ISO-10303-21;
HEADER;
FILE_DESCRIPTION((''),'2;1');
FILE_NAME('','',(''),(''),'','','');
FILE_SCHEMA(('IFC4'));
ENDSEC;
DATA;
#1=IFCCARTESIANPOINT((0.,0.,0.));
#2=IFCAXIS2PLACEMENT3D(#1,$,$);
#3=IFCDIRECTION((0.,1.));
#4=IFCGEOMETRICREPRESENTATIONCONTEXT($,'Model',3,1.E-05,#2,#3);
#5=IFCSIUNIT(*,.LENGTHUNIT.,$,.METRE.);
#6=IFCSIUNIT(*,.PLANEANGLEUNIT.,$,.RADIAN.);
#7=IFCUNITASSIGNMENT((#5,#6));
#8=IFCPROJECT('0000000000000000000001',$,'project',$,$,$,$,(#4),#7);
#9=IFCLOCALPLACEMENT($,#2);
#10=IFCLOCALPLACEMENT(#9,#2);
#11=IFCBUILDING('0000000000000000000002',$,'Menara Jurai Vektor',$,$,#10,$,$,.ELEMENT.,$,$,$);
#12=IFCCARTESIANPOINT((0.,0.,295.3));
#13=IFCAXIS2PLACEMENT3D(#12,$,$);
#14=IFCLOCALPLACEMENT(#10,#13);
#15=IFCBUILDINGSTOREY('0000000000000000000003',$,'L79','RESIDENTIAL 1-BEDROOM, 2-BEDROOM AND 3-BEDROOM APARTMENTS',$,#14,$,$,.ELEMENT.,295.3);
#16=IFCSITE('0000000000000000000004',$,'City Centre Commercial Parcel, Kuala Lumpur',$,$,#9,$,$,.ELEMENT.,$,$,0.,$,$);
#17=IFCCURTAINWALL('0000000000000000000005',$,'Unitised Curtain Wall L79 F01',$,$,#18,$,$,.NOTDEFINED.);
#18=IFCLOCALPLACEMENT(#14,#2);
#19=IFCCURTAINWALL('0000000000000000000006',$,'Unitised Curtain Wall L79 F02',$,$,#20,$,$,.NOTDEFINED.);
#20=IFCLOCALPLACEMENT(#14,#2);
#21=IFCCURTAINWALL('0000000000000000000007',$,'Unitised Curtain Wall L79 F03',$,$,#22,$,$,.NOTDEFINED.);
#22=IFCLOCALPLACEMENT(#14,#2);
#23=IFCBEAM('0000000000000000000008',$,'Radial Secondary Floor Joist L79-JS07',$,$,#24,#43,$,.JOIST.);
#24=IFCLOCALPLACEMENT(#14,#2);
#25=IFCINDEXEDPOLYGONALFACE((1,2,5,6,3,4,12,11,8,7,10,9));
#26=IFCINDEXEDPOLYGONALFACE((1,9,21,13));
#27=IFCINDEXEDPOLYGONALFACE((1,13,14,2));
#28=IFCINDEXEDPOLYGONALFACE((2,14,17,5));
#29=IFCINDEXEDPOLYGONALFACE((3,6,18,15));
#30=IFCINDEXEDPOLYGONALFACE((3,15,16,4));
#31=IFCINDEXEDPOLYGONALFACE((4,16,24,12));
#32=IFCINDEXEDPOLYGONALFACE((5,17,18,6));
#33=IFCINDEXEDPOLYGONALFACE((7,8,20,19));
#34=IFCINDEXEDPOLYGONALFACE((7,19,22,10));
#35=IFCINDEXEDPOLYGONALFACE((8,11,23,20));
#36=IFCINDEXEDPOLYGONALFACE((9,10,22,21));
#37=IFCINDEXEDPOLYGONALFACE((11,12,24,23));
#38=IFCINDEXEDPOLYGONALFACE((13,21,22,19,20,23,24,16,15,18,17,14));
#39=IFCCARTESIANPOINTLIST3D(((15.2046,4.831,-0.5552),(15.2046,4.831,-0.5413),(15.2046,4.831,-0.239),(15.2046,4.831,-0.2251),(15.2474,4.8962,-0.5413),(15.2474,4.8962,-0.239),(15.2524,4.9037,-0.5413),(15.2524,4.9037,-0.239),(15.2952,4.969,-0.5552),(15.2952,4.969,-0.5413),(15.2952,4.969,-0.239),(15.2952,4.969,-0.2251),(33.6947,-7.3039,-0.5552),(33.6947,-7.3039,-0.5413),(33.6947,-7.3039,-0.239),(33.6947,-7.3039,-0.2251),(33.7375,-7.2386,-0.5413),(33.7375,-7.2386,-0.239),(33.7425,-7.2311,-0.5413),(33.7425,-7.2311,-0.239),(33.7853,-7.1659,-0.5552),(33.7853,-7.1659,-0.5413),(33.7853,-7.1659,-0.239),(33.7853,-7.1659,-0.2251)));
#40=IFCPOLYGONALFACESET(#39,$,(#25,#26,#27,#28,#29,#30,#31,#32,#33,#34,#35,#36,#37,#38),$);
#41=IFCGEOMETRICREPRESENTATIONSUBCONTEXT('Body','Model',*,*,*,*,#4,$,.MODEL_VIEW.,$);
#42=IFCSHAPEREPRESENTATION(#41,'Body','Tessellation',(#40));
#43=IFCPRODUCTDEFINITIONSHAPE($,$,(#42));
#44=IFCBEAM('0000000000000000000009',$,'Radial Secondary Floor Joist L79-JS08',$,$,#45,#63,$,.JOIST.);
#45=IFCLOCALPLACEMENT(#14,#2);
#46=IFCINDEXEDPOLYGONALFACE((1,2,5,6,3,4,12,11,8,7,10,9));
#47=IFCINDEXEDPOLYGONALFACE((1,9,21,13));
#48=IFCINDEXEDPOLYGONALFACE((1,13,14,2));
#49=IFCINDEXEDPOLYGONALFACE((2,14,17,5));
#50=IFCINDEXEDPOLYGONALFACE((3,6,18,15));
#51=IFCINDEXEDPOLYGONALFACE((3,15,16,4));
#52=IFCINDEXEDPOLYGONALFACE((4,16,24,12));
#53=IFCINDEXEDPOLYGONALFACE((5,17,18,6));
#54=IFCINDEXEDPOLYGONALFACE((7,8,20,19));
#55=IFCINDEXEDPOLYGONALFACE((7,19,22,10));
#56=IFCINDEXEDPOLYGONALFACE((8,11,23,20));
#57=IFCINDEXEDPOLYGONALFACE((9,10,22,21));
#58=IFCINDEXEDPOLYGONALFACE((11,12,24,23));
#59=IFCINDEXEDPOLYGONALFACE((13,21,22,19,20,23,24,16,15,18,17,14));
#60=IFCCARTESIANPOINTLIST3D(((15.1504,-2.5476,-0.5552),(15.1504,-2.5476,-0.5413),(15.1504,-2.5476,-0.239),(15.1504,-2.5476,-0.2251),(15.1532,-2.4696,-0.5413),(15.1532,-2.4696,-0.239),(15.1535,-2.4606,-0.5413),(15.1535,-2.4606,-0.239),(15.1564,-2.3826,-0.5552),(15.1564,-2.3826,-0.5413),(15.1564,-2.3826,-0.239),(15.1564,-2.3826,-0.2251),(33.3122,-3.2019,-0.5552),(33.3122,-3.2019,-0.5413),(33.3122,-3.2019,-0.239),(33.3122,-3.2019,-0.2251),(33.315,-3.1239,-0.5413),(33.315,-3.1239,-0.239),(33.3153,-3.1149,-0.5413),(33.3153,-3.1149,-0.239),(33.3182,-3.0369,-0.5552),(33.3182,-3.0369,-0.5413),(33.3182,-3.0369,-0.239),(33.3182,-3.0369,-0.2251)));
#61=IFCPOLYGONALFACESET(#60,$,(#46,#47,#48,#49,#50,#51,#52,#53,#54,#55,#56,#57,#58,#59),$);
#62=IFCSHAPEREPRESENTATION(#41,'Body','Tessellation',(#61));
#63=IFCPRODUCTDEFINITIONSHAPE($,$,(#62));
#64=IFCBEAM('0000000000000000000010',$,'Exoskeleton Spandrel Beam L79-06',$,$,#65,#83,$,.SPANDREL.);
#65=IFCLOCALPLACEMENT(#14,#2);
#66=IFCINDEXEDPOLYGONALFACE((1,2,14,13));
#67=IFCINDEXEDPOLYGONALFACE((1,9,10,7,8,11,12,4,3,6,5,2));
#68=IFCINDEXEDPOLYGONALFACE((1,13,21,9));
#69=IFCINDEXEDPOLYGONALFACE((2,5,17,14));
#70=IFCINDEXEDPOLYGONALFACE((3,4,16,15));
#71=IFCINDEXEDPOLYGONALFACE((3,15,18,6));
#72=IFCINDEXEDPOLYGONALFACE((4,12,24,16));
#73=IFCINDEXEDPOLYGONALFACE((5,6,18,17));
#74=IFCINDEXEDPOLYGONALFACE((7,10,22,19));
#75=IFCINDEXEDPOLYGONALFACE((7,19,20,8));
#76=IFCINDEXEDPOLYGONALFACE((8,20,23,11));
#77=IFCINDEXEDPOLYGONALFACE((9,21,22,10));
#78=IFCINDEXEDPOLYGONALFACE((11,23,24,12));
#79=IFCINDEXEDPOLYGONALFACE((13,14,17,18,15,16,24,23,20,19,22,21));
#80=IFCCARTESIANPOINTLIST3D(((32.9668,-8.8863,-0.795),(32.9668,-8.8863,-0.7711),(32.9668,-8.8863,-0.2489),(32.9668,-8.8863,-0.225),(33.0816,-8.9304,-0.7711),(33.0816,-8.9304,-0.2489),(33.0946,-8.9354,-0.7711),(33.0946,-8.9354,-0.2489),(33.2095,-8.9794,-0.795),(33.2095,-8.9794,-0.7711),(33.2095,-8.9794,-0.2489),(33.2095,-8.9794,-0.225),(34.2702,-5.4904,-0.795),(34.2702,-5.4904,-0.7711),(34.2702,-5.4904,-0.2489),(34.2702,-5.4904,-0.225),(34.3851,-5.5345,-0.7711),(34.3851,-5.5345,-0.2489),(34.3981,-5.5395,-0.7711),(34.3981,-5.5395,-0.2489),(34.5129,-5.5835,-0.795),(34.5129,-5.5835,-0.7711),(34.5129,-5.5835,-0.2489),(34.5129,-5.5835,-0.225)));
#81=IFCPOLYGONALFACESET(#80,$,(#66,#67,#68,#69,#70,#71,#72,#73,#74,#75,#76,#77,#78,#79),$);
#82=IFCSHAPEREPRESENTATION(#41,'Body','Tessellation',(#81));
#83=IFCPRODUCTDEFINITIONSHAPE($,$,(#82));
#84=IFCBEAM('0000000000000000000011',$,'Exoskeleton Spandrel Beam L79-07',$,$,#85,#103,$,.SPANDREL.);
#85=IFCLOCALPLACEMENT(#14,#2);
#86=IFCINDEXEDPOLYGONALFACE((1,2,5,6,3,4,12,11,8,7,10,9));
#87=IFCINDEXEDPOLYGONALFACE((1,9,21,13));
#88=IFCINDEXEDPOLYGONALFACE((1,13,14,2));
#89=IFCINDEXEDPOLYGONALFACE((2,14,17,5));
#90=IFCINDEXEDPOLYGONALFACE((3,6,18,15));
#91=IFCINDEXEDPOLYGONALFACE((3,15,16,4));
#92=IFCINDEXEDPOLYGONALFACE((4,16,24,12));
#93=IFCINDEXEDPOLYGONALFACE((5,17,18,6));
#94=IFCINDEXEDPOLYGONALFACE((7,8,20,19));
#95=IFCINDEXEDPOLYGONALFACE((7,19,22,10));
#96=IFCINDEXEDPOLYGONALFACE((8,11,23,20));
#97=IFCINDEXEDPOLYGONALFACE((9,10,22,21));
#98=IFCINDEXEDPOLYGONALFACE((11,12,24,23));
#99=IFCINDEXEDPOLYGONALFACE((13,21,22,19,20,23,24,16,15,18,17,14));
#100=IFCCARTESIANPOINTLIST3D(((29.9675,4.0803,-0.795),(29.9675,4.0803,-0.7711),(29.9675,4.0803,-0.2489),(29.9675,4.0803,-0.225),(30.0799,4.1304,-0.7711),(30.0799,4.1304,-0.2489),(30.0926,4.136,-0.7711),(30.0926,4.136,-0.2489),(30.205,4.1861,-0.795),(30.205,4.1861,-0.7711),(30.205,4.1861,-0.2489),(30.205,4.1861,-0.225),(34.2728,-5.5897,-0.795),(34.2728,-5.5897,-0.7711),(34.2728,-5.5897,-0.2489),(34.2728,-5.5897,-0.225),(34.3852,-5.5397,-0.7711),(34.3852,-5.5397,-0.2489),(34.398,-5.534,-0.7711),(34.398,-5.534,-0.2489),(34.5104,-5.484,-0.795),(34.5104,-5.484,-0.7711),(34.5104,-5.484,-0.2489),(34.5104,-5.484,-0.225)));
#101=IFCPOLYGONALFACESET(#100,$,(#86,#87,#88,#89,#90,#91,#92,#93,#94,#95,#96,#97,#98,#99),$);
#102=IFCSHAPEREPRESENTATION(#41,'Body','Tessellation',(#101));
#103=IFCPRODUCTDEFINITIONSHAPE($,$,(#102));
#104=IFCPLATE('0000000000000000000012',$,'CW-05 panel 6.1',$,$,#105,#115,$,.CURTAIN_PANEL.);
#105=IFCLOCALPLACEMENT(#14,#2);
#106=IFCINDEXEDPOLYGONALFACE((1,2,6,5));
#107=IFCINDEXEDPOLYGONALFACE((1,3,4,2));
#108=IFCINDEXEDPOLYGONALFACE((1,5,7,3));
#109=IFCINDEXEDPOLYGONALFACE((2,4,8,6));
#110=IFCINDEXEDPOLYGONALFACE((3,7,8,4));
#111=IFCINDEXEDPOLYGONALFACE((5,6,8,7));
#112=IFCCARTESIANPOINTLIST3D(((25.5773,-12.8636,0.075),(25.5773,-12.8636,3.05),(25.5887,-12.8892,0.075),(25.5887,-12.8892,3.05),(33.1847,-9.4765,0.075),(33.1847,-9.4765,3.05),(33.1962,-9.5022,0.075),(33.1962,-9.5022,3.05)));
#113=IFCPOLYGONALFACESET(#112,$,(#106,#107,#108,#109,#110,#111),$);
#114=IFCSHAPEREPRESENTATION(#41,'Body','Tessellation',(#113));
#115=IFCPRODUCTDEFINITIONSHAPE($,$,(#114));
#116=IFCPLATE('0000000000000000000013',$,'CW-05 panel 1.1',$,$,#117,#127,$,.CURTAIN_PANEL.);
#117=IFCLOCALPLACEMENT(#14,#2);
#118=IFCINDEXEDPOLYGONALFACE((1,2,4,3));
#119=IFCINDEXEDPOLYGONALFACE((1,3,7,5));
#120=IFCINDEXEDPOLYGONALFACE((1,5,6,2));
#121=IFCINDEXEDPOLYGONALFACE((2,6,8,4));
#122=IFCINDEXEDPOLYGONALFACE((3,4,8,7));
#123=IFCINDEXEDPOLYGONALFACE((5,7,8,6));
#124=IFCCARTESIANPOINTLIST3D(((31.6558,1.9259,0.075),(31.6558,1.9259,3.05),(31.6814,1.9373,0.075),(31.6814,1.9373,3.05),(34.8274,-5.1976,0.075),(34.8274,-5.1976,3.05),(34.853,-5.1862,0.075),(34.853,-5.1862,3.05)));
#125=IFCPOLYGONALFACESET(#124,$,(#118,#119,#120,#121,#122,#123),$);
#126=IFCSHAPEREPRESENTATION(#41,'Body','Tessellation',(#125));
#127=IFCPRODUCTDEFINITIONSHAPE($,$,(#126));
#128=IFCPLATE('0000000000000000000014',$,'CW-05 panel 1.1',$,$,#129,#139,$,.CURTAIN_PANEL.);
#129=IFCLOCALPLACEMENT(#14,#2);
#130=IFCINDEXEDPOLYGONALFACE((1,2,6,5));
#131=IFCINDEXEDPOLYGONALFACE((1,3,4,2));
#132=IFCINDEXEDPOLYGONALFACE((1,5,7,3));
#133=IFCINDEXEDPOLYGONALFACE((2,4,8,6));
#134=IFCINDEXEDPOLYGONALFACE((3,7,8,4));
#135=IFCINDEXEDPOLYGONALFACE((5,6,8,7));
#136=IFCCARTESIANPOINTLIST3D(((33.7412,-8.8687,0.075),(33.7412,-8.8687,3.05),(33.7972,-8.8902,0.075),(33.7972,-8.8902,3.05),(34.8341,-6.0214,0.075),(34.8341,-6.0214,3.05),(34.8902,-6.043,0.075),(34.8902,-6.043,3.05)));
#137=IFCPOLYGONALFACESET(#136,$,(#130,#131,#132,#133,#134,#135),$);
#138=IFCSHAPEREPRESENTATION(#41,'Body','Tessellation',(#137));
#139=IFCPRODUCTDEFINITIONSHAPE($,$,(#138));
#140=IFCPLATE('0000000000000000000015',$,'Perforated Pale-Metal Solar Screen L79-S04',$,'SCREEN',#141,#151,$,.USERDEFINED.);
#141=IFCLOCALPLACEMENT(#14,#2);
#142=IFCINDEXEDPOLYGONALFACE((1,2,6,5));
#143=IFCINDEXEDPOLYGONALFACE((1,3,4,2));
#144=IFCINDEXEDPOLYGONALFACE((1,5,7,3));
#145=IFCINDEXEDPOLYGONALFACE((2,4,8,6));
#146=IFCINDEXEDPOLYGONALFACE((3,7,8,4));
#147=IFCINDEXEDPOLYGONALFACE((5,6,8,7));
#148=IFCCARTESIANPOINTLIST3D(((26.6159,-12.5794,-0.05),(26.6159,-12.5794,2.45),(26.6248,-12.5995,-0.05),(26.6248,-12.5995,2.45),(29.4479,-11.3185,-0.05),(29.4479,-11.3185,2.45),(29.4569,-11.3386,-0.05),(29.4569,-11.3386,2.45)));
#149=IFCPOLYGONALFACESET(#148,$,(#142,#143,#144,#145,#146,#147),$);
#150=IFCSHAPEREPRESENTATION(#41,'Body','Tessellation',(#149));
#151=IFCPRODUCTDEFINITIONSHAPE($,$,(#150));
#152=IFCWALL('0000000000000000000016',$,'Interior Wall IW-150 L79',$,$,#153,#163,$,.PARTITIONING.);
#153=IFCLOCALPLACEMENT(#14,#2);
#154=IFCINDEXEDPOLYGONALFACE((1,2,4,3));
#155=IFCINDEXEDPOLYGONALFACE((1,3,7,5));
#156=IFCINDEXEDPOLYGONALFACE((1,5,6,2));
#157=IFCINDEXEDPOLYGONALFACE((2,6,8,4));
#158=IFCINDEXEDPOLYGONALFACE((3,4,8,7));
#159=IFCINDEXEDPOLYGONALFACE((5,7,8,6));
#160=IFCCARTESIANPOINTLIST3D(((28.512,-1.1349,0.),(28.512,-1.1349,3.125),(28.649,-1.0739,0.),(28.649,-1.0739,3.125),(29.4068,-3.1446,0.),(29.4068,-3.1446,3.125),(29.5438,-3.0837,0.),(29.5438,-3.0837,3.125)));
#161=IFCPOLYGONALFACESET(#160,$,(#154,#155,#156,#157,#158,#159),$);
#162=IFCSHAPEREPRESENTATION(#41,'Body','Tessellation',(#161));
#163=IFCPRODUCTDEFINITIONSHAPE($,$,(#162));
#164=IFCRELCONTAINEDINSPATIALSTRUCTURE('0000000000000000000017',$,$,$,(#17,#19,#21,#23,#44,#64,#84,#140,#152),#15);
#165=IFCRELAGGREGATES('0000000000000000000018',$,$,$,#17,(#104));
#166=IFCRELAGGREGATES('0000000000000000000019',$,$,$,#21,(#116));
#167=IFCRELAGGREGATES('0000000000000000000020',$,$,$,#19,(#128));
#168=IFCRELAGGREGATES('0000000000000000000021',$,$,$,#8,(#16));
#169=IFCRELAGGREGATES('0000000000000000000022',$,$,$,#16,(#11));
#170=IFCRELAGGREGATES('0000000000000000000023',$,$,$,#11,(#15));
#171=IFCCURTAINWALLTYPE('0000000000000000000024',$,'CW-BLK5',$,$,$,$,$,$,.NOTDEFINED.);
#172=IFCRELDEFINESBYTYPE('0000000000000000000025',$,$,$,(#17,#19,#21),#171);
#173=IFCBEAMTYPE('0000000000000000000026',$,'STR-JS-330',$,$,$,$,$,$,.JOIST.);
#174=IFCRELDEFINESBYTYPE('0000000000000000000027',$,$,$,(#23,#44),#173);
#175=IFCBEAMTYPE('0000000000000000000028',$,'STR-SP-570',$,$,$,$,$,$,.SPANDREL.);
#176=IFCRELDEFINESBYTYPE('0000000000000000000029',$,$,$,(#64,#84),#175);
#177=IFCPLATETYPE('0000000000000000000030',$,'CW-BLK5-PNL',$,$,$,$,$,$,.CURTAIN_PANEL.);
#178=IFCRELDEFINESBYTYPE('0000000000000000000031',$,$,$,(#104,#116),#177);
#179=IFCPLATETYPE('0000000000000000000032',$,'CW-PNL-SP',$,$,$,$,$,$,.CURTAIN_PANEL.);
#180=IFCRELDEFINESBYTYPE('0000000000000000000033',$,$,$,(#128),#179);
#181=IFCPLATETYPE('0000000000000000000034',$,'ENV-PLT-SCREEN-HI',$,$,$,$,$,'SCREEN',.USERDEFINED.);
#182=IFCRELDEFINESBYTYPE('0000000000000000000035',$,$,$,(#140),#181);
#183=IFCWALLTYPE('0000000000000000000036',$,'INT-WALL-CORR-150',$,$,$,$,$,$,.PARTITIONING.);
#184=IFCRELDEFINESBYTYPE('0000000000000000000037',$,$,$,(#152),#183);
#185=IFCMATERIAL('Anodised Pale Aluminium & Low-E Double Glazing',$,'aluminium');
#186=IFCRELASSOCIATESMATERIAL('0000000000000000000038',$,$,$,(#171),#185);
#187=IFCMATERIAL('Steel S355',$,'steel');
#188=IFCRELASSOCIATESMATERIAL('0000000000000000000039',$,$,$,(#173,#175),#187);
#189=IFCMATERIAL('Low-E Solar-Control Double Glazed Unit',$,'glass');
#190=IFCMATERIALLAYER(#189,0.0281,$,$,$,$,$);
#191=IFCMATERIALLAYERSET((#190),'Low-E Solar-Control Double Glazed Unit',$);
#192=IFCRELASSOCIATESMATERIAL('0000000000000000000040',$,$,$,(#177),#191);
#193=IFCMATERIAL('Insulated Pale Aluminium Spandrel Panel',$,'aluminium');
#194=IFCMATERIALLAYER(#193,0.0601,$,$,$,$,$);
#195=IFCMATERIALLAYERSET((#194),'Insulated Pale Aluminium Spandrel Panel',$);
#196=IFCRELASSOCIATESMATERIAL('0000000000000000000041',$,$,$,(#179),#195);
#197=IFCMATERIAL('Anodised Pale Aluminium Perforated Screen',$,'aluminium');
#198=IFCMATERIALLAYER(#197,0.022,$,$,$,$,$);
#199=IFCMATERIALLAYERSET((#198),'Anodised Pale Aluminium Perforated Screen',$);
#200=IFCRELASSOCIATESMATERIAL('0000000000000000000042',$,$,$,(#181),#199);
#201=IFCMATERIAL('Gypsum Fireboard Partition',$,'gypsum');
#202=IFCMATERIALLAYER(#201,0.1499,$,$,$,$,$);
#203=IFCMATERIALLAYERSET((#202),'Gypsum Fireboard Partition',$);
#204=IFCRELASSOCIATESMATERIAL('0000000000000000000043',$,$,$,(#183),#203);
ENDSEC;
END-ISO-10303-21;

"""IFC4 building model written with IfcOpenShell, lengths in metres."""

from ifc_helpers import new_model, si_unit, direction, frame, frame_2d, origin, origin_2d, place, context, subcontext, project, spatial, rectangle, i_section, extrude, material, layer, layer_set, material_profile, profile_set, type_object, element, aggregate, save


model = new_model("IFC4")

# Units and contexts
model_context = context("Model", 3, precision=1e-05, world=origin(), true_north=direction((0.0, 1.0)))
body_context = subcontext(model_context, "Body", "Model", "MODEL_VIEW")
ifc_project = project(units=[si_unit("LENGTHUNIT", "METRE"), si_unit("PLANEANGLEUNIT", "RADIAN")], contexts=[model_context])

# Site, building, storey
site_placement = place(None, origin())
site = spatial("IfcSite", under=ifc_project, at=site_placement, Name="City Centre Commercial Parcel, Kuala Lumpur", CompositionType="ELEMENT", RefElevation=0.0)
building_placement = place(site_placement, origin())
building = spatial("IfcBuilding", under=site, at=building_placement, Name="Menara Jurai Vektor", CompositionType="ELEMENT")
storey_placement = place(building_placement, frame((0.0, 0.0, 295.3)))
storey = spatial("IfcBuildingStorey", under=building, at=storey_placement, Name="L79", Description="RESIDENTIAL 1-BEDROOM, 2-BEDROOM AND 3-BEDROOM APARTMENTS", CompositionType="ELEMENT", Elevation=295.3)

# Curtain walls
ifc_material_1 = material(Name="Anodised Pale Aluminium & Low-E Double Glazing", Category="aluminium")
curtain_wall_type = type_object("IfcCurtainWallType", Name="CW-BLK5", PredefinedType="NOTDEFINED", material=ifc_material_1)
curtain_wall_1_placement = place(storey_placement, origin())
curtain_wall_1 = element("IfcCurtainWall", 1, at=curtain_wall_1_placement, inside=storey, type_object=curtain_wall_type, Name="Unitised Curtain Wall L79 F01", PredefinedType="NOTDEFINED")
curtain_wall_2_placement = place(storey_placement, origin())
curtain_wall_2 = element("IfcCurtainWall", 2, at=curtain_wall_2_placement, inside=storey, type_object=curtain_wall_type, Name="Unitised Curtain Wall L79 F02", PredefinedType="NOTDEFINED")

# Curtain wall
curtain_wall_3_placement = place(storey_placement, origin())
curtain_wall_3 = element("IfcCurtainWall", 3, at=curtain_wall_3_placement, inside=storey, type_object=curtain_wall_type, Name="Unitised Curtain Wall L79 F03", PredefinedType="NOTDEFINED")

# Shared definitions
ifc_material_2 = material(Name="Steel S355", Category="steel")

# Beams
ifc_material_profile_1 = material_profile(ifc_material_2, i_section(OverallWidth=0.165, OverallDepth=0.3301, WebThickness=0.009, FlangeThickness=0.0139, at=origin_2d()), Name="PG 330x165x46")
ifc_profile_set_1 = profile_set([ifc_material_profile_1], Name="Steel S355")
beam_type_1 = type_object("IfcBeamType", Name="STR-JS-330", PredefinedType="JOIST", material=ifc_profile_set_1)
beam_1_placement = place(storey_placement, frame((33.74, -7.2349, -0.3901), z_axis=(-0.836033, 0.548679, 0.0), x_axis=(-0.548679, -0.836033, 0.0)))
element("IfcBeam", 4, at=beam_1_placement, inside=storey, type_object=beam_type_1, Name="Radial Secondary Floor Joist L79-JS07", PredefinedType="JOIST", context=body_context, shape_type="SweptSolid", body=[
    extrude(i_section(OverallWidth=0.165, OverallDepth=0.3301, WebThickness=0.009, FlangeThickness=0.0139, at=origin_2d()), origin(), (0.0, 0.0, 1.0), 22.1165),
])
beam_2_placement = place(storey_placement, frame((33.3152, -3.1194, -0.3901), z_axis=(-0.999352, 0.036003, 0.0), x_axis=(-0.036003, -0.999352, 0.0)))
element("IfcBeam", 5, at=beam_2_placement, inside=storey, type_object=beam_type_1, Name="Radial Secondary Floor Joist L79-JS08", PredefinedType="JOIST", context=body_context, shape_type="SweptSolid", body=[
    extrude(i_section(OverallWidth=0.165, OverallDepth=0.3301, WebThickness=0.009, FlangeThickness=0.0139, at=origin_2d()), origin(), (0.0, 0.0, 1.0), 18.1736),
])
ifc_material_profile_2 = material_profile(ifc_material_2, i_section(OverallWidth=0.26, OverallDepth=0.5701, WebThickness=0.0139, FlangeThickness=0.0239, at=origin_2d()), Name="PG 570x260x145")
ifc_profile_set_2 = profile_set([ifc_material_profile_2], Name="Steel S355")
beam_type_2 = type_object("IfcBeamType", Name="STR-SP-570", PredefinedType="SPANDREL", material=ifc_profile_set_2)
beam_3_placement = place(storey_placement, frame((33.0881, -8.9329, -0.51), z_axis=(0.358336, 0.933593, 0.0), x_axis=(-0.933593, 0.358336, 0.0)))
element("IfcBeam", 6, at=beam_3_placement, inside=storey, type_object=beam_type_2, Name="Exoskeleton Spandrel Beam L79-06", PredefinedType="SPANDREL", context=body_context, shape_type="SweptSolid", body=[
    extrude(i_section(OverallWidth=0.26, OverallDepth=0.5701, WebThickness=0.0139, FlangeThickness=0.0239, at=origin_2d()), origin(), (0.0, 0.0, 1.0), 3.6375),
])
beam_4_placement = place(storey_placement, frame((34.3916, -5.5369, -0.51), z_axis=(-0.406735, 0.913546, 0.0), x_axis=(-0.913546, -0.406735, 0.0)))
element("IfcBeam", 7, at=beam_4_placement, inside=storey, type_object=beam_type_2, Name="Exoskeleton Spandrel Beam L79-07", PredefinedType="SPANDREL", context=body_context, shape_type="SweptSolid", body=[
    extrude(i_section(OverallWidth=0.26, OverallDepth=0.5701, WebThickness=0.0139, FlangeThickness=0.0239, at=origin_2d()), origin(), (0.0, 0.0, 1.0), 10.5852),
])

# Plates
ifc_material_3 = material(Name="Low-E Solar-Control Double Glazed Unit", Category="glass")
ifc_layer_1 = layer(ifc_material_3, 0.0281)
ifc_layer_set_1 = layer_set([ifc_layer_1], Name="Low-E Solar-Control Double Glazed Unit")
plate_type_1 = type_object("IfcPlateType", Name="CW-BLK5-PNL", PredefinedType="CURTAIN_PANEL", material=ifc_layer_set_1)
plate_1_placement = place(storey_placement, frame((29.3867, -11.1829, 0.075), z_axis=(0.0, 0.0, 1.0), x_axis=(0.913546, 0.406735, 0.0)))
plate_1 = element("IfcPlate", 8, at=plate_1_placement, type_object=plate_type_1, Name="CW-05 panel 6.1", PredefinedType="CURTAIN_PANEL", context=body_context, shape_type="SweptSolid", body=[
    extrude(rectangle(XDim=8.3274, YDim=0.0281, at=origin_2d()), origin(), (0.0, 0.0, 1.0), 2.9751),
])
aggregate(curtain_wall_1, [plate_1])
plate_2_placement = place(storey_placement, frame((33.2544, -1.6301, 0.075), z_axis=(0.0, 0.0, 1.0), x_axis=(-0.406735, 0.913546, 0.0)))
plate_2 = element("IfcPlate", 9, at=plate_2_placement, type_object=plate_type_1, Name="CW-05 panel 1.1", PredefinedType="CURTAIN_PANEL", context=body_context, shape_type="SweptSolid", body=[
    extrude(rectangle(XDim=7.7976, YDim=0.0281, at=origin_2d()), origin(), (0.0, 0.0, 1.0), 2.9751),
])
aggregate(curtain_wall_3, [plate_2])
ifc_material_4 = material(Name="Insulated Pale Aluminium Spandrel Panel", Category="aluminium")
ifc_layer_2 = layer(ifc_material_4, 0.0601)
ifc_layer_set_2 = layer_set([ifc_layer_2], Name="Insulated Pale Aluminium Spandrel Panel")
plate_type_2 = type_object("IfcPlateType", Name="CW-PNL-SP", PredefinedType="CURTAIN_PANEL", material=ifc_layer_set_2)
plate_3_placement = place(storey_placement, frame((34.3157, -7.4558, 0.075), z_axis=(0.0, 0.0, 1.0), x_axis=(0.358374, 0.933578, 0.0)))
plate_3 = element("IfcPlate", 10, at=plate_3_placement, type_object=plate_type_2, Name="CW-05 panel 1.1", PredefinedType="CURTAIN_PANEL", context=body_context, shape_type="SweptSolid", body=[
    extrude(rectangle(XDim=3.0498, YDim=0.0601, at=origin_2d()), origin(), (0.0, 0.0, 1.0), 2.9751),
])
aggregate(curtain_wall_2, [plate_3])
ifc_material_5 = material(Name="Anodised Pale Aluminium Perforated Screen", Category="aluminium")
ifc_layer_3 = layer(ifc_material_5, 0.022)
ifc_layer_set_3 = layer_set([ifc_layer_3], Name="Anodised Pale Aluminium Perforated Screen")
plate_type_3 = type_object("IfcPlateType", Name="ENV-PLT-SCREEN-HI", ElementType="SCREEN", PredefinedType="USERDEFINED", material=ifc_layer_set_3)
plate_4_placement = place(storey_placement, frame((28.0364, -11.959, -0.05), z_axis=(0.0, 0.0, 1.0), x_axis=(0.913545, 0.406737, 0.0)))
element("IfcPlate", 11, at=plate_4_placement, inside=storey, type_object=plate_type_3, Name="Perforated Pale-Metal Solar Screen L79-S04", ObjectType="SCREEN", PredefinedType="USERDEFINED", context=body_context, shape_type="SweptSolid", body=[
    extrude(rectangle(XDim=3.1001, YDim=0.022, at=origin_2d()), origin(), (0.0, 0.0, 1.0), 2.5),
])

# Wall
ifc_material_6 = material(Name="Gypsum Fireboard Partition", Category="gypsum")
ifc_layer_4 = layer(ifc_material_6, 0.1499)
ifc_layer_set_4 = layer_set([ifc_layer_4], Name="Gypsum Fireboard Partition")
wall_type = type_object("IfcWallType", Name="INT-WALL-CORR-150", PredefinedType="PARTITIONING", material=ifc_layer_set_4)
wall_1_placement = place(storey_placement, frame((29.4753, -3.1143, 0.0), z_axis=(0.0, 0.0, 1.0), x_axis=(-0.406725, 0.913551, 0.0)))
element("IfcWall", 12, at=wall_1_placement, inside=storey, type_object=wall_type, Name="Interior Wall IW-150 L79", PredefinedType="PARTITIONING", context=body_context, shape_type="SweptSolid", body=[
    extrude(rectangle(XDim=2.2, YDim=0.1499, at=frame_2d((1.1001, 0.0))), origin(), (0.0, 0.0, 1.0), 3.125),
])

save(model, "model.ifc")
